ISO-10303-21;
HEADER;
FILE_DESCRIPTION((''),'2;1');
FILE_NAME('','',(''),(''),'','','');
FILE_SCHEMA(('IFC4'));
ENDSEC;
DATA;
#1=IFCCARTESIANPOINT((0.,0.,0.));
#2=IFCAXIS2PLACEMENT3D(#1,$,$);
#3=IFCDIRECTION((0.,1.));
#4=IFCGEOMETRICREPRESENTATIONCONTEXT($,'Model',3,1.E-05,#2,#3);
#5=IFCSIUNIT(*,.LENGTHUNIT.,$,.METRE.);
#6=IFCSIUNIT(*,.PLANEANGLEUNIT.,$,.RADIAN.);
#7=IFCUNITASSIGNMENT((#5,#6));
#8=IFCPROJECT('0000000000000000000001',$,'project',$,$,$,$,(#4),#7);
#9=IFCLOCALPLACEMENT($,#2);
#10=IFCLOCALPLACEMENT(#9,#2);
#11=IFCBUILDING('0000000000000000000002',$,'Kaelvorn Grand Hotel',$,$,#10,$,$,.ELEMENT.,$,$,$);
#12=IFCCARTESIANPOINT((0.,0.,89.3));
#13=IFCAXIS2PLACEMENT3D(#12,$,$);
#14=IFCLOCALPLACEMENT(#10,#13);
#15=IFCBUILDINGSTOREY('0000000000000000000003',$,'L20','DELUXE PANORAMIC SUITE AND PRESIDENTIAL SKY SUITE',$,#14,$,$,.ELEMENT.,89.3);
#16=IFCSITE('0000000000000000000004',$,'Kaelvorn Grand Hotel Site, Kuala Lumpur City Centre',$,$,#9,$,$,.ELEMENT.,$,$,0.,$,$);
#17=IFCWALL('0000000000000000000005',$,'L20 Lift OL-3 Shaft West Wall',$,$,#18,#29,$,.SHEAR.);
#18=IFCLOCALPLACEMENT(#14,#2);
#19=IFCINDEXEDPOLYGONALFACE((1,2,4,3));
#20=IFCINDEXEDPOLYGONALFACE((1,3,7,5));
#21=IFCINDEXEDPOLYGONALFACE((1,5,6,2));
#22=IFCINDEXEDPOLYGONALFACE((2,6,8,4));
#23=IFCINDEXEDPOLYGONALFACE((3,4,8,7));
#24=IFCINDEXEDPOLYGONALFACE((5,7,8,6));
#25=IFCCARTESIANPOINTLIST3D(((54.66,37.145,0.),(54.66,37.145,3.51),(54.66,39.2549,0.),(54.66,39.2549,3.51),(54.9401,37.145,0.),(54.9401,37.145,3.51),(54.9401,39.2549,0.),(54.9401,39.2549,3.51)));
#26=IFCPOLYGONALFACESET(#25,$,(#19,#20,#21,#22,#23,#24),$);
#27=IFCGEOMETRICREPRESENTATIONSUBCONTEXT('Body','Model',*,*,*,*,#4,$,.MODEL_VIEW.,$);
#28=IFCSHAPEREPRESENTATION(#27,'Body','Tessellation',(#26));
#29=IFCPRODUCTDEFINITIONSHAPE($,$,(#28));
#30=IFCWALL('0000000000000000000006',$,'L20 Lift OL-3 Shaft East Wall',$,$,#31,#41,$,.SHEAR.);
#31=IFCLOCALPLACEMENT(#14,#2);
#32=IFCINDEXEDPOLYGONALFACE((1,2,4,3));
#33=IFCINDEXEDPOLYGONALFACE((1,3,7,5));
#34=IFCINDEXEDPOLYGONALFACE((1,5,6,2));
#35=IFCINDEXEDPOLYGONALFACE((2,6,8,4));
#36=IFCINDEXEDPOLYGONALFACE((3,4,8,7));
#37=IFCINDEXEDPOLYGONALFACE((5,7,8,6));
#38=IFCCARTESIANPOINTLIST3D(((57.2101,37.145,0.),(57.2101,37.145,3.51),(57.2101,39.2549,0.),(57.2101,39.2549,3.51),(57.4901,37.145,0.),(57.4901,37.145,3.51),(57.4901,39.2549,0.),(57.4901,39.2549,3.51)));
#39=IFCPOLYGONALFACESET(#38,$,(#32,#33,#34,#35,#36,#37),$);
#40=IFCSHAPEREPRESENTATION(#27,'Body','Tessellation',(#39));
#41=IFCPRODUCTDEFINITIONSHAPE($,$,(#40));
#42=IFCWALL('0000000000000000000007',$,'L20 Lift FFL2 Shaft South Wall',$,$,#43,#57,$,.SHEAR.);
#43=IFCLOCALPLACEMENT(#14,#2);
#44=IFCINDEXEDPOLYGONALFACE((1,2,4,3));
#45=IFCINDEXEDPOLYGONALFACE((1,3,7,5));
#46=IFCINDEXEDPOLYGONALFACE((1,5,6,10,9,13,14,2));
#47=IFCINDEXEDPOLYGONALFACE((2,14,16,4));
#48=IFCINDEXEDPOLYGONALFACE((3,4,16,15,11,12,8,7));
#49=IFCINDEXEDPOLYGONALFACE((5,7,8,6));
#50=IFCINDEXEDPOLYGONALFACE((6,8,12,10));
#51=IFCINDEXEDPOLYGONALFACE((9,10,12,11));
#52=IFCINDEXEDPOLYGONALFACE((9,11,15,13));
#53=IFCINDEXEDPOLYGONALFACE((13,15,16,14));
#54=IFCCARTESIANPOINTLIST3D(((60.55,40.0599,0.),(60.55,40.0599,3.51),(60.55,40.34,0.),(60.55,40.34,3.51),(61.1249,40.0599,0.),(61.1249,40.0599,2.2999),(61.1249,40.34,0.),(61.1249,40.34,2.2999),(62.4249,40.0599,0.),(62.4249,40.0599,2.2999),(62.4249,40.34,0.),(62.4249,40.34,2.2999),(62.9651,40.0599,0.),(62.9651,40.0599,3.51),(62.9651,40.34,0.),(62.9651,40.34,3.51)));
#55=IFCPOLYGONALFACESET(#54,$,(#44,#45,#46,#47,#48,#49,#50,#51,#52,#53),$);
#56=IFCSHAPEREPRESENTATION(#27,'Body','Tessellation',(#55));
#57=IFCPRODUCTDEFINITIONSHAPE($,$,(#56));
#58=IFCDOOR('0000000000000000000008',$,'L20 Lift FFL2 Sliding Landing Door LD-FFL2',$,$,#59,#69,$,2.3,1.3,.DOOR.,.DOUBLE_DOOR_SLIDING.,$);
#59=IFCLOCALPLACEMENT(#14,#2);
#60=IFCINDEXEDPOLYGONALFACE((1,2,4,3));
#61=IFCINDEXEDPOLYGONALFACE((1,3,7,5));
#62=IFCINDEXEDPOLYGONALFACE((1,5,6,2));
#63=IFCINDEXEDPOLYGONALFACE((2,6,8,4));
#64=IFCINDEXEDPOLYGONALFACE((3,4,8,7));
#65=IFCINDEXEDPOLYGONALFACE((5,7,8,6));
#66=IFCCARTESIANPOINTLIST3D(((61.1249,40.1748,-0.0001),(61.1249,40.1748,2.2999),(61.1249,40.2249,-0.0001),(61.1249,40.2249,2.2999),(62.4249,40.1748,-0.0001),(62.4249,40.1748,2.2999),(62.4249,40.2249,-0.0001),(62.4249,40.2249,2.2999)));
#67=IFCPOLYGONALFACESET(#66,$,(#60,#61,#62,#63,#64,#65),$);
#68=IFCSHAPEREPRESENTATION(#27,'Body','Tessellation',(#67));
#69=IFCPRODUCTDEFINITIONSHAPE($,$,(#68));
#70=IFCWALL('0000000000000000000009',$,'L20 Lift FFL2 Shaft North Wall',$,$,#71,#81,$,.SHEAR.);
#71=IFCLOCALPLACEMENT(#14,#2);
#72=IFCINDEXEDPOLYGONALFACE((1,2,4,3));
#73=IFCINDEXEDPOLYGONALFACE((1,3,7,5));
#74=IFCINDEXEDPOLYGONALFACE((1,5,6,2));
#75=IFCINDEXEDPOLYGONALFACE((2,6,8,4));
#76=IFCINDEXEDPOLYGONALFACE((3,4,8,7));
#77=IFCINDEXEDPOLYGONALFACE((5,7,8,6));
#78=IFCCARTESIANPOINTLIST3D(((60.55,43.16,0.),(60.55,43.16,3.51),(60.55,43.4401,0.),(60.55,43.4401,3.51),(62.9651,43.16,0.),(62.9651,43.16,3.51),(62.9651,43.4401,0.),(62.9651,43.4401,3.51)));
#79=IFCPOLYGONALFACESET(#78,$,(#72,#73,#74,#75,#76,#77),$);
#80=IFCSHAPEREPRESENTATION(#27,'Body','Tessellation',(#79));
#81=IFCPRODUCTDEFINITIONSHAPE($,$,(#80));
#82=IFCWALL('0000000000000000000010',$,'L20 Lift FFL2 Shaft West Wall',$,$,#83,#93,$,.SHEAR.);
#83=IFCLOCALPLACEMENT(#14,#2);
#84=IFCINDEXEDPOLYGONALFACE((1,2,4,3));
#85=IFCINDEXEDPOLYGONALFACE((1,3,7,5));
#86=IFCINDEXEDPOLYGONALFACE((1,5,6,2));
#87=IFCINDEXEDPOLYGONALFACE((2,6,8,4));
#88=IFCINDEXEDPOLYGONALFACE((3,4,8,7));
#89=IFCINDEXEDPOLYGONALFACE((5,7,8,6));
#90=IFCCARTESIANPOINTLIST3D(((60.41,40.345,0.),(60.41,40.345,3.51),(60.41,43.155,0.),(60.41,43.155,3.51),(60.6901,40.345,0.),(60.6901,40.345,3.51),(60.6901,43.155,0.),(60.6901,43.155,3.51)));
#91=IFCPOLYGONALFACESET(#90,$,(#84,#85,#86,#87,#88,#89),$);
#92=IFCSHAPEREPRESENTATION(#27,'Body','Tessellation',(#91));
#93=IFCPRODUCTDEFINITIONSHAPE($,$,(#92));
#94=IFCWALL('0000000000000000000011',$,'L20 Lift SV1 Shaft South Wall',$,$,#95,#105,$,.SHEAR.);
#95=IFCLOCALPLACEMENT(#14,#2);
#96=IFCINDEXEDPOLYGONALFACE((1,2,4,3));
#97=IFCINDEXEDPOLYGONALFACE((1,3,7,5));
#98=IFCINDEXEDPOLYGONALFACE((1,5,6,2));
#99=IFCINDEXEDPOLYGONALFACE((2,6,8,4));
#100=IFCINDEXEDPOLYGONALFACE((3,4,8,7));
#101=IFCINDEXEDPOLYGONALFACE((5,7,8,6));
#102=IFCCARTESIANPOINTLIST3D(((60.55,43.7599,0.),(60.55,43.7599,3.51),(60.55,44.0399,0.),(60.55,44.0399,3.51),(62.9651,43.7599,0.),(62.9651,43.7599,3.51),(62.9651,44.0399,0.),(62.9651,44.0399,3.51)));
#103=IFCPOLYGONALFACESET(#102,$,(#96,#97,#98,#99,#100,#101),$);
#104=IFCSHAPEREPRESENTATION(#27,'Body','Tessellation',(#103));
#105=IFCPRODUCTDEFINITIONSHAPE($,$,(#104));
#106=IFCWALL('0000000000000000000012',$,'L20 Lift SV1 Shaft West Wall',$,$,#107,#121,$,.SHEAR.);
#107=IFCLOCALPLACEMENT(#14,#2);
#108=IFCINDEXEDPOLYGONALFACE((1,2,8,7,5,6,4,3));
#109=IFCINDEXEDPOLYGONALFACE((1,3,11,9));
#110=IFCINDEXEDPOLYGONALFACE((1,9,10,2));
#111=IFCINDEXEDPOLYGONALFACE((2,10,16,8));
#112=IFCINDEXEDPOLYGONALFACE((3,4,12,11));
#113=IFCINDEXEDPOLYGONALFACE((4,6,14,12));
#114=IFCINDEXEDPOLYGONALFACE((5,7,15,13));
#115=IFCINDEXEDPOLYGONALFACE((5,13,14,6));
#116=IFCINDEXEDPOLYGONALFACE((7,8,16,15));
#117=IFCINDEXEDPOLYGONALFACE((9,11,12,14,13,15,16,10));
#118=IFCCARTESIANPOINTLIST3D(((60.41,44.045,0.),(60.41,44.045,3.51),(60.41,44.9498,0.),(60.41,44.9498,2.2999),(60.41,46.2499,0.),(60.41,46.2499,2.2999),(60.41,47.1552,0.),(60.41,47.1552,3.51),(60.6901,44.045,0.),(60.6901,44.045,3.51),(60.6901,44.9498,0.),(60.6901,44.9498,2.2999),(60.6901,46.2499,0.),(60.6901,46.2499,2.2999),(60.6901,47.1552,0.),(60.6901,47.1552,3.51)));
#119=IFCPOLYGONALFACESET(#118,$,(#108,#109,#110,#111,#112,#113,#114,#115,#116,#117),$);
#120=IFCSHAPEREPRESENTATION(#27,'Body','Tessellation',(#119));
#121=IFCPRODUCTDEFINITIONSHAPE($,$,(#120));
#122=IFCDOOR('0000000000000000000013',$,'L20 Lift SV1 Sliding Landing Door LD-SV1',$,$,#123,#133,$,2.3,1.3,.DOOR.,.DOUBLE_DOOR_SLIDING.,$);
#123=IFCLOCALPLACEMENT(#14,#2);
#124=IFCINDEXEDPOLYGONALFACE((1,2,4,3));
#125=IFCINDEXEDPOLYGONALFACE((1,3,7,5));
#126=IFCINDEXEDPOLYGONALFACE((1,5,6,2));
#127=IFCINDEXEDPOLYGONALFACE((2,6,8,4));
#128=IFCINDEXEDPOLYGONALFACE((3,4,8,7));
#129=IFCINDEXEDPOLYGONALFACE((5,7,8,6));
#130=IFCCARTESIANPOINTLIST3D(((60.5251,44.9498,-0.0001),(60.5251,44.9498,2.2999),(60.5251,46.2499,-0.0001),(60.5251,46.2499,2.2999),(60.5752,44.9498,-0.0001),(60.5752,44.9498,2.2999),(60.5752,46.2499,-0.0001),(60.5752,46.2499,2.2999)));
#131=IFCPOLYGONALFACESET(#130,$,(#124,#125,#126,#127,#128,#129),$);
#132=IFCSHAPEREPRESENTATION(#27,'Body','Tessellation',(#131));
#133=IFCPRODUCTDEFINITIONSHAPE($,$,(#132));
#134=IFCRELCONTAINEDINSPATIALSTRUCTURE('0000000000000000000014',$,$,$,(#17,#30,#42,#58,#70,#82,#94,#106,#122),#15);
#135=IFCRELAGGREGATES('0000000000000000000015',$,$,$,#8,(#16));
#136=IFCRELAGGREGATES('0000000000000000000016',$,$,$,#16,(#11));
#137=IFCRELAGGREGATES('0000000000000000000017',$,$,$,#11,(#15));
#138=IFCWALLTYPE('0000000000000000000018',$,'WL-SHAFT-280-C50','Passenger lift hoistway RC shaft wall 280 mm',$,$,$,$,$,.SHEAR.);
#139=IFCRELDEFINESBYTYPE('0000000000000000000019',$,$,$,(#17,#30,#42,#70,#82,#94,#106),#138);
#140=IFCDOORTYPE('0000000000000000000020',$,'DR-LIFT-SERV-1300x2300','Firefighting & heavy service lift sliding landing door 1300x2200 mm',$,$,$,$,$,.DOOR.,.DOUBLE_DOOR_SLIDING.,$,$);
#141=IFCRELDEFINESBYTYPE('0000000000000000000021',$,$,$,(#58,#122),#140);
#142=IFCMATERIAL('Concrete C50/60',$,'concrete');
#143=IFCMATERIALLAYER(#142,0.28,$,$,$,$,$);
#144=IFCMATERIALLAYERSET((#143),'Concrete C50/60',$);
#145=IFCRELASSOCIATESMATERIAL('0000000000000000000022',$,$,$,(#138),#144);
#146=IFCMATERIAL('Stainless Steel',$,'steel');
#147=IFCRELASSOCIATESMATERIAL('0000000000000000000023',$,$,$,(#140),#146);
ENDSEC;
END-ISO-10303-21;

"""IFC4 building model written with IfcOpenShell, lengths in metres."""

from ifc_helpers import new_model, si_unit, direction, frame, frame_2d, origin, place, context, subcontext, project, spatial, rectangle, extrude, material, layer, layer_set, type_object, element, fill, save


model = new_model("IFC4")

# Units and contexts
model_context = context("Model", 3, precision=1e-05, world=origin(), true_north=direction((0.0, 1.0)))
body_context = subcontext(model_context, "Body", "Model", "MODEL_VIEW")
ifc_project = project(units=[si_unit("LENGTHUNIT", "METRE"), si_unit("PLANEANGLEUNIT", "RADIAN")], contexts=[model_context])

# Site, building, storey
site_placement = place(None, origin())
site = spatial("IfcSite", under=ifc_project, at=site_placement, Name="Kaelvorn Grand Hotel Site, Kuala Lumpur City Centre", CompositionType="ELEMENT", RefElevation=0.0)
building_placement = place(site_placement, origin())
building = spatial("IfcBuilding", under=site, at=building_placement, Name="Kaelvorn Grand Hotel", CompositionType="ELEMENT")
storey_placement = place(building_placement, frame((0.0, 0.0, 89.3)))
storey = spatial("IfcBuildingStorey", under=building, at=storey_placement, Name="L20", Description="DELUXE PANORAMIC SUITE AND PRESIDENTIAL SKY SUITE", CompositionType="ELEMENT", Elevation=89.3)

# Walls
ifc_material_1 = material(Name="Concrete C50/60", Category="concrete")
ifc_layer_1 = layer(ifc_material_1, 0.28)
ifc_layer_set_1 = layer_set([ifc_layer_1], Name="Concrete C50/60")
wall_type_1 = type_object("IfcWallType", Name="WL-SHAFT-280-C50", Description="Passenger lift hoistway RC shaft wall 280 mm", PredefinedType="SHEAR", material=ifc_layer_set_1)
for number, where, z_axis, x_axis, name in (
    (1, (54.8, 37.145, 0.0), (0.0, 0.0, 1.0), (0.0, 1.0, 0.0), "L20 Lift OL-3 Shaft West Wall"),
    (2, (57.3501, 37.145, 0.0), (0.0, 0.0, 1.0), (0.0, 1.0, 0.0), "L20 Lift OL-3 Shaft East Wall"),
):
    element("IfcWall", number, at=place(storey_placement, frame(where, z_axis=z_axis, x_axis=x_axis)), inside=storey, type_object=wall_type_1, Name=name, PredefinedType="SHEAR", context=body_context, shape_type="SweptSolid", body=[
        extrude(rectangle(XDim=2.1099, YDim=0.28, at=frame_2d((1.0549, 0.0))), origin(), (0.0, 0.0, 1.0), 3.51),
    ])

# Wall, opening, door
wall_1_placement = place(storey_placement, frame((60.55, 40.2, 0.0), z_axis=(0.0, 0.0, 1.0), x_axis=(1.0, 0.0, 0.0)))
wall_1 = element("IfcWall", 3, at=wall_1_placement, inside=storey, type_object=wall_type_1, Name="L20 Lift FFL2 Shaft South Wall", PredefinedType="SHEAR", context=body_context, shape_type="SweptSolid", body=[
    extrude(rectangle(XDim=2.415, YDim=0.28, at=frame_2d((1.2075, 0.0))), origin(), (0.0, 0.0, 1.0), 3.51),
])
opening_1_placement = place(wall_1_placement, frame((0.575, 0.0, 0.0)))
opening_1 = element("IfcOpeningElement", 4, at=opening_1_placement, cuts=wall_1, PredefinedType="OPENING", context=body_context, shape_type="SweptSolid", body=[
    extrude(rectangle(XDim=1.3, YDim=2.3, at=frame_2d((0.6499, 1.1499))), frame((0.0, 0.1499, 0.0), z_axis=(0.0, -1.0, 0.0), x_axis=(1.0, 0.0, 0.0)), (0.0, 0.0, 1.0), 0.3),
])
ifc_material_2 = material(Name="Stainless Steel", Category="steel")
door_type_1 = type_object("IfcDoorType", Name="DR-LIFT-SERV-1300x2300", Description="Firefighting & heavy service lift sliding landing door 1300x2200 mm", OperationType="DOUBLE_DOOR_SLIDING", PredefinedType="DOOR", material=ifc_material_2)
door_1_placement = place(opening_1_placement, origin())
door_1 = element("IfcDoor", 5, at=door_1_placement, inside=storey, type_object=door_type_1, Name="L20 Lift FFL2 Sliding Landing Door LD-FFL2", OperationType="DOUBLE_DOOR_SLIDING", OverallHeight=2.3, OverallWidth=1.3, PredefinedType="DOOR", context=body_context, shape_type="SweptSolid", body=[
    extrude(rectangle(XDim=1.3, YDim=2.3, at=frame_2d((0.6499, 1.1499))), frame((0.0, 0.0249, 0.0), z_axis=(0.0, -1.0, 0.0), x_axis=(1.0, 0.0, 0.0)), (0.0, 0.0, 1.0), 0.05),
])
fill(opening_1, door_1)

# Walls
wall_2_placement = place(storey_placement, frame((60.55, 43.3, 0.0), z_axis=(0.0, 0.0, 1.0), x_axis=(1.0, 0.0, 0.0)))
element("IfcWall", 6, at=wall_2_placement, inside=storey, type_object=wall_type_1, Name="L20 Lift FFL2 Shaft North Wall", PredefinedType="SHEAR", context=body_context, shape_type="SweptSolid", body=[
    extrude(rectangle(XDim=2.415, YDim=0.28, at=frame_2d((1.2075, 0.0))), origin(), (0.0, 0.0, 1.0), 3.51),
])
wall_3_placement = place(storey_placement, frame((60.55, 40.345, 0.0), z_axis=(0.0, 0.0, 1.0), x_axis=(0.0, 1.0, 0.0)))
element("IfcWall", 7, at=wall_3_placement, inside=storey, type_object=wall_type_1, Name="L20 Lift FFL2 Shaft West Wall", PredefinedType="SHEAR", context=body_context, shape_type="SweptSolid", body=[
    extrude(rectangle(XDim=2.8101, YDim=0.28, at=frame_2d((1.405, 0.0))), origin(), (0.0, 0.0, 1.0), 3.51),
])
wall_4_placement = place(storey_placement, frame((60.55, 43.8999, 0.0), z_axis=(0.0, 0.0, 1.0), x_axis=(1.0, 0.0, 0.0)))
element("IfcWall", 8, at=wall_4_placement, inside=storey, type_object=wall_type_1, Name="L20 Lift SV1 Shaft South Wall", PredefinedType="SHEAR", context=body_context, shape_type="SweptSolid", body=[
    extrude(rectangle(XDim=2.415, YDim=0.28, at=frame_2d((1.2075, 0.0))), origin(), (0.0, 0.0, 1.0), 3.51),
])

# Wall, opening, door
wall_5_placement = place(storey_placement, frame((60.55, 44.0449, 0.0), z_axis=(0.0, 0.0, 1.0), x_axis=(0.0, 1.0, 0.0)))
wall_5 = element("IfcWall", 9, at=wall_5_placement, inside=storey, type_object=wall_type_1, Name="L20 Lift SV1 Shaft West Wall", PredefinedType="SHEAR", context=body_context, shape_type="SweptSolid", body=[
    extrude(rectangle(XDim=3.1101, YDim=0.28, at=frame_2d((1.5552, 0.0))), origin(), (0.0, 0.0, 1.0), 3.51),
])
opening_2_placement = place(wall_5_placement, frame((0.905, 0.0, 0.0)))
opening_2 = element("IfcOpeningElement", 10, at=opening_2_placement, cuts=wall_5, PredefinedType="OPENING", context=body_context, shape_type="SweptSolid", body=[
    extrude(rectangle(XDim=1.3, YDim=2.3, at=frame_2d((0.6499, 1.1499))), frame((0.0, 0.1499, 0.0), z_axis=(0.0, -1.0, 0.0), x_axis=(1.0, 0.0, 0.0)), (0.0, 0.0, 1.0), 0.3),
])
door_2_placement = place(opening_2_placement, origin())
door_2 = element("IfcDoor", 11, at=door_2_placement, inside=storey, type_object=door_type_1, Name="L20 Lift SV1 Sliding Landing Door LD-SV1", OperationType="DOUBLE_DOOR_SLIDING", OverallHeight=2.3, OverallWidth=1.3, PredefinedType="DOOR", context=body_context, shape_type="SweptSolid", body=[
    extrude(rectangle(XDim=1.3, YDim=2.3, at=frame_2d((0.6499, 1.1499))), frame((0.0, 0.0249, 0.0), z_axis=(0.0, -1.0, 0.0), x_axis=(1.0, 0.0, 0.0)), (0.0, 0.0, 1.0), 0.05),
])
fill(opening_2, door_2)

save(model, "model.ifc")
